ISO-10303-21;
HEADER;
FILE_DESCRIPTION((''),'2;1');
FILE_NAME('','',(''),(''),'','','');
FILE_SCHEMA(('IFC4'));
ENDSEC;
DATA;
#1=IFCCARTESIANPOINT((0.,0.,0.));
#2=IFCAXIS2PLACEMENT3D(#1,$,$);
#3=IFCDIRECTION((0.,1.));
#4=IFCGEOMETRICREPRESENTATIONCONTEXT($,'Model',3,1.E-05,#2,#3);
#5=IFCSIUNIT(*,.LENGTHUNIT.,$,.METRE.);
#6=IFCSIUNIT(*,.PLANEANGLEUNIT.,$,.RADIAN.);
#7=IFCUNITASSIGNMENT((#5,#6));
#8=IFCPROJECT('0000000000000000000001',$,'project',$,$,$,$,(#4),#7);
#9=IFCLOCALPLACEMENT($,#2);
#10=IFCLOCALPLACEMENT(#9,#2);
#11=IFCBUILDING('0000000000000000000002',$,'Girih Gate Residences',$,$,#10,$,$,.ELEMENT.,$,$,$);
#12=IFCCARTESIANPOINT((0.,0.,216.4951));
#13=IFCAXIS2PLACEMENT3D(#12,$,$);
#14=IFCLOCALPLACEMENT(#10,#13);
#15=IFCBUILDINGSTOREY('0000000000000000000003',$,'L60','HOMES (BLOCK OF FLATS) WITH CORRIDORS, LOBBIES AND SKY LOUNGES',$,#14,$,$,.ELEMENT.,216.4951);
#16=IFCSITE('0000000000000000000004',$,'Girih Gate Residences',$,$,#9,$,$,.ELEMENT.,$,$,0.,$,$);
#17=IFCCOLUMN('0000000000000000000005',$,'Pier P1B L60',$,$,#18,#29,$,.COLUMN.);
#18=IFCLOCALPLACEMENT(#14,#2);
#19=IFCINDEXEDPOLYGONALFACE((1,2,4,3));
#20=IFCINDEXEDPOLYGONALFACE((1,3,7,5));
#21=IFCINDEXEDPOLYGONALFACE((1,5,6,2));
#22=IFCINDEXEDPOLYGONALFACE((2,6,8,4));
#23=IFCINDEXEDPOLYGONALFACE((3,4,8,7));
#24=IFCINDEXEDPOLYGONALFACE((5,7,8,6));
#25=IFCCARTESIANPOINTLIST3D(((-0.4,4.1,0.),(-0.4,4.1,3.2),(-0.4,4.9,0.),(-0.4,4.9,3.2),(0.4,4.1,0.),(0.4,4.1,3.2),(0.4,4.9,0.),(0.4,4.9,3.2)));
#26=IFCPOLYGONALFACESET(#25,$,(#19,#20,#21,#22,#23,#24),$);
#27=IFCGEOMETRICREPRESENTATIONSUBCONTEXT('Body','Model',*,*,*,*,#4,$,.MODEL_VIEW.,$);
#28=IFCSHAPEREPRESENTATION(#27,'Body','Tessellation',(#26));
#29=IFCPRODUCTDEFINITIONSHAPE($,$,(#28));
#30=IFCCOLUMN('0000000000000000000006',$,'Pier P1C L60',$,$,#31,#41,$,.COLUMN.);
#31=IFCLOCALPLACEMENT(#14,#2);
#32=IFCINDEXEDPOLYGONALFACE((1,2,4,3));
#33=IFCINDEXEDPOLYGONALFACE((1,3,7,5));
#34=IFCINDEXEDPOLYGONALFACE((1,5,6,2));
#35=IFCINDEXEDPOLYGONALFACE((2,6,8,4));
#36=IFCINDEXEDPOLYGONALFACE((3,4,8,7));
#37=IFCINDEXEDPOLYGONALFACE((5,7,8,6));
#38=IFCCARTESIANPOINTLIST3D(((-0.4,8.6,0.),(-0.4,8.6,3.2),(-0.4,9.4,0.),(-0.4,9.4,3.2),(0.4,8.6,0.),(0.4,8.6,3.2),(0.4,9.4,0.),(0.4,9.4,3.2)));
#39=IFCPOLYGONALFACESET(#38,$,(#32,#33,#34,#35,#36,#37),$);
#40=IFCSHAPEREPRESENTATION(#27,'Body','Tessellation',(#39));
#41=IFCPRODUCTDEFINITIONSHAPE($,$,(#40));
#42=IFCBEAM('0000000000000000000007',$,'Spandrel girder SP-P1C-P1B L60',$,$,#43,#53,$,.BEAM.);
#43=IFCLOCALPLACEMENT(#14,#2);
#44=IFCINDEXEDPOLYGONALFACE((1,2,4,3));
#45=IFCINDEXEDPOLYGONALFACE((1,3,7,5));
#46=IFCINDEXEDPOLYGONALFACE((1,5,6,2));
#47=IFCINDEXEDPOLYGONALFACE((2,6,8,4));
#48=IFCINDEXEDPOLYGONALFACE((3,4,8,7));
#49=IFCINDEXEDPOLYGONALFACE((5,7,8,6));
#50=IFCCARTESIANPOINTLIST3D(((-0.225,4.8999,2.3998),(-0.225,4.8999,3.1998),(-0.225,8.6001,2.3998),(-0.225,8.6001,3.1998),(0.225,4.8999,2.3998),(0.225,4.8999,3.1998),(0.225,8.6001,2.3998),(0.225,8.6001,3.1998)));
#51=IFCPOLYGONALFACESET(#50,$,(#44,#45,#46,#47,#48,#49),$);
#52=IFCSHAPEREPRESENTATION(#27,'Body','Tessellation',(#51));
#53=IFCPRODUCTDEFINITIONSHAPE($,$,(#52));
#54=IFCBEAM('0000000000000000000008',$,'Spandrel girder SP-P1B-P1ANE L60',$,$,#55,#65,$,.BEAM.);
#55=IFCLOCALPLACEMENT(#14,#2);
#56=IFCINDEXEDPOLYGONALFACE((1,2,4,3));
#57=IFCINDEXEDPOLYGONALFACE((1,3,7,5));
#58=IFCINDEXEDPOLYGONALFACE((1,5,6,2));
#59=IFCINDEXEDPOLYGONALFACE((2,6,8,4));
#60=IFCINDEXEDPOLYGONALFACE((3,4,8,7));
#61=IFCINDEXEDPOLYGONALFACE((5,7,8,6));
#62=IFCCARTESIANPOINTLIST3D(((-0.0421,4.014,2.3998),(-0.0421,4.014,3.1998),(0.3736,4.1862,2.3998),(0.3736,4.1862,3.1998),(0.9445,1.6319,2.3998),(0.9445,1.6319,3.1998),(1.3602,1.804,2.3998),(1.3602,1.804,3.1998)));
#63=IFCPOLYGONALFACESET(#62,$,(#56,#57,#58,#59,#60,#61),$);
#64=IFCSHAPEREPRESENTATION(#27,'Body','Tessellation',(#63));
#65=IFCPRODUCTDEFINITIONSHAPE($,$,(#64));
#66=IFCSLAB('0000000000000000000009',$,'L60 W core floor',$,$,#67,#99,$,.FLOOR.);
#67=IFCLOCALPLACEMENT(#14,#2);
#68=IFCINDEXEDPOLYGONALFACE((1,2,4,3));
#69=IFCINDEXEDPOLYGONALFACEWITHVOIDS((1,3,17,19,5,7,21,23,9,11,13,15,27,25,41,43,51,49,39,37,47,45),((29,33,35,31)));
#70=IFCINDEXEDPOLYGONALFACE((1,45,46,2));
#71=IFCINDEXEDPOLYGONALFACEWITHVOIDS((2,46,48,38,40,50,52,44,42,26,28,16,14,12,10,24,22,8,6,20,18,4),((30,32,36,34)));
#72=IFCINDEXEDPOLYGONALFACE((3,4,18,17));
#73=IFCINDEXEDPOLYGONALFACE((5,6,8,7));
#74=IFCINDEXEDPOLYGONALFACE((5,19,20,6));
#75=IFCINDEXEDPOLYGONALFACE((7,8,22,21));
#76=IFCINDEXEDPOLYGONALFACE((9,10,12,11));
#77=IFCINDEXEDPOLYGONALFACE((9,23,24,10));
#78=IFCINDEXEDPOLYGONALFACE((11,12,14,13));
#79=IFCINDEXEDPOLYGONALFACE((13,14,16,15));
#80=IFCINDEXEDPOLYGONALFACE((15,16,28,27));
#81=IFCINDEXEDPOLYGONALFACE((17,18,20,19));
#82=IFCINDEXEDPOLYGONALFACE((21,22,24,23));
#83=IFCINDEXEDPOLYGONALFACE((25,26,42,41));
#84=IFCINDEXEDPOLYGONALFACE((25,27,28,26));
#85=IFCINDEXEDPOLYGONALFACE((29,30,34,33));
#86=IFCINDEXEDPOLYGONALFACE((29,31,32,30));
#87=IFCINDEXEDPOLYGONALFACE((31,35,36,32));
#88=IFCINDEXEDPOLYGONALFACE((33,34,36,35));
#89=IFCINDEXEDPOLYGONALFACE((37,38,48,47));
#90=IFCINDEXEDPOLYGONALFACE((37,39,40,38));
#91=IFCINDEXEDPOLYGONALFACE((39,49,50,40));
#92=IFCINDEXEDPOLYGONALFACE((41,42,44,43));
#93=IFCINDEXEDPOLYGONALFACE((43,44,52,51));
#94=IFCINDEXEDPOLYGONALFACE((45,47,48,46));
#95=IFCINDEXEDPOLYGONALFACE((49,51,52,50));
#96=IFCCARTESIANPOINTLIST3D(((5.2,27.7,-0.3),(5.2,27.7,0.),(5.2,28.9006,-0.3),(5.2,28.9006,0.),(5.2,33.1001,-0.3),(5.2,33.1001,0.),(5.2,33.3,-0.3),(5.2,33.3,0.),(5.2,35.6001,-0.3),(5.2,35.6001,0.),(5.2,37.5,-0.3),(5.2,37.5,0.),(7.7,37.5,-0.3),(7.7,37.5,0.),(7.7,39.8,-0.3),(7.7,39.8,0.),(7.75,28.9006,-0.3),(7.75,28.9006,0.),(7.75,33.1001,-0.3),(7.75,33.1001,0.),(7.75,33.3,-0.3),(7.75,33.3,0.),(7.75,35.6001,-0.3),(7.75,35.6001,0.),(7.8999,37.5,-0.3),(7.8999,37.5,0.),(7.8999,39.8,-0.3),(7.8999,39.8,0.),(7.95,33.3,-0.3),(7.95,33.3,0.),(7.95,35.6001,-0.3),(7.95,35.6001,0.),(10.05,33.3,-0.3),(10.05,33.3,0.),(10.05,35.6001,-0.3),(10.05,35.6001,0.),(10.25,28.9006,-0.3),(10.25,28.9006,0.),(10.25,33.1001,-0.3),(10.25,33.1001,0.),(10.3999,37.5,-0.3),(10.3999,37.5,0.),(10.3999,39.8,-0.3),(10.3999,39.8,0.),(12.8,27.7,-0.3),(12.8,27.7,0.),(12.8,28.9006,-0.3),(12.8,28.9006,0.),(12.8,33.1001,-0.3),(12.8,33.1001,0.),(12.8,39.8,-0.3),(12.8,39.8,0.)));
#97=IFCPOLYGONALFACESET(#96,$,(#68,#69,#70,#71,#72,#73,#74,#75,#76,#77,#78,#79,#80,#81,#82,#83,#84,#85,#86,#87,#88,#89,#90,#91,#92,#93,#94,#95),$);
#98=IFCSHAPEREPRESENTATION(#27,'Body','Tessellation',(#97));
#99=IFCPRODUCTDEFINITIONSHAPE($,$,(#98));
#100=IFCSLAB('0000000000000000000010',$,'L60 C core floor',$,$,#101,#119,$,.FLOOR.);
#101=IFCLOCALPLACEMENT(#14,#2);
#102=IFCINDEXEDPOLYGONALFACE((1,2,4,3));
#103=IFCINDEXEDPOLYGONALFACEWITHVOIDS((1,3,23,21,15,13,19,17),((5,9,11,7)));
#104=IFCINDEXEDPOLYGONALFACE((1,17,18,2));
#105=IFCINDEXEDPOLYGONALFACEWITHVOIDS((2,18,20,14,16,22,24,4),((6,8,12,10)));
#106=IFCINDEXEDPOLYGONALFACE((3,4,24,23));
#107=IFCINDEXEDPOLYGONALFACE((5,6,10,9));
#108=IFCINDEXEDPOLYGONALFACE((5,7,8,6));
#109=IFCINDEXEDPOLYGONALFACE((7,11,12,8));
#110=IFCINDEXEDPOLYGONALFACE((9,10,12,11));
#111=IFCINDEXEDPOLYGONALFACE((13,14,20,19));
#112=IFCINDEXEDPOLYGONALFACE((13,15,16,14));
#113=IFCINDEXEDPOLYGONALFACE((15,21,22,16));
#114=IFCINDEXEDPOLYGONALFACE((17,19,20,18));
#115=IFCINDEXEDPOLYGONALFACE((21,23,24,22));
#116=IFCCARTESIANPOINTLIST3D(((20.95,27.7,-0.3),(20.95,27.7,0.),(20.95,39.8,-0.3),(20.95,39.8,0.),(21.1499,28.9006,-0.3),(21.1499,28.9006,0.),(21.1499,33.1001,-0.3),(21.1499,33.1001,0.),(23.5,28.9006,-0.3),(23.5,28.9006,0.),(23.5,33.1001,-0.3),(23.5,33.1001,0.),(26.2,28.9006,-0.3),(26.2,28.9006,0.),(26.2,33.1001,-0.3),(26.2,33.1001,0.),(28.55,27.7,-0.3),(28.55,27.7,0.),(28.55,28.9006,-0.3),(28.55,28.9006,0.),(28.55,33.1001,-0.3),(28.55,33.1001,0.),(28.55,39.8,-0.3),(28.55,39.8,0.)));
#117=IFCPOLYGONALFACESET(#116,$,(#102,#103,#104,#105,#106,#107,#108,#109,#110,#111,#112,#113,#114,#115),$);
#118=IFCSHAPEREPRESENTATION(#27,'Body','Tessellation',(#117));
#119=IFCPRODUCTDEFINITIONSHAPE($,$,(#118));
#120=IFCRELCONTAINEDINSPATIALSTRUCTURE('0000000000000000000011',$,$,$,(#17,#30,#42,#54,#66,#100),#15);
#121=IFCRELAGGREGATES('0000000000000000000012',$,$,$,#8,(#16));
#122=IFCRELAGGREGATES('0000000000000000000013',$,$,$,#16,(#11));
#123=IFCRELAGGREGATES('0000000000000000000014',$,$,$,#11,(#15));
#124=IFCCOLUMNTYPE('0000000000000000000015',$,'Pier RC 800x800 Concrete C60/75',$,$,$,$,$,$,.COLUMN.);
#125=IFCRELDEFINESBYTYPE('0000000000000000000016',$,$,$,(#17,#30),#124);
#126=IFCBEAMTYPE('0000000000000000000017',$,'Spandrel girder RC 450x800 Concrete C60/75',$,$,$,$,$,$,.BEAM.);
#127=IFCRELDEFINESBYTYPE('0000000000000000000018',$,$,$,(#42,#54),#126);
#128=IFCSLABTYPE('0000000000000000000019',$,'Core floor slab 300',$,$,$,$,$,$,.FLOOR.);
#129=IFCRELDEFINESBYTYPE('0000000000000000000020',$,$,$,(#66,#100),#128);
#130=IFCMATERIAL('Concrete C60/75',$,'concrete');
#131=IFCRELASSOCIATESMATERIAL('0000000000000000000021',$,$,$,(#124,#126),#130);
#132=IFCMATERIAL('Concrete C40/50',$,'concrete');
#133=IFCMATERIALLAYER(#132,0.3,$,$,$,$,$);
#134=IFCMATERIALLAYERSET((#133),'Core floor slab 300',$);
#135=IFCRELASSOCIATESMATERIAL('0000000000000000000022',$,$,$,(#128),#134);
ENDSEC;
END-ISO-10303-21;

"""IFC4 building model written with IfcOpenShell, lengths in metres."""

from ifc_helpers import new_model, si_unit, direction, frame, origin, origin_2d, place, context, subcontext, project, spatial, polyline, rectangle, outline, extrude, material, layer, layer_set, material_profile, profile_set, type_object, element, save


model = new_model("IFC4")

# Units and contexts
model_context = context("Model", 3, precision=1e-05, world=origin(), true_north=direction((0.0, 1.0)))
body_context = subcontext(model_context, "Body", "Model", "MODEL_VIEW")
ifc_project = project(units=[si_unit("LENGTHUNIT", "METRE"), si_unit("PLANEANGLEUNIT", "RADIAN")], contexts=[model_context])

# Site, building, storey
site_placement = place(None, origin())
site = spatial("IfcSite", under=ifc_project, at=site_placement, Name="Girih Gate Residences", CompositionType="ELEMENT", RefElevation=0.0)
building_placement = place(site_placement, origin())
building = spatial("IfcBuilding", under=site, at=building_placement, Name="Girih Gate Residences", CompositionType="ELEMENT")
storey_placement = place(building_placement, frame((0.0, 0.0, 216.4951)))
storey = spatial("IfcBuildingStorey", under=building, at=storey_placement, Name="L60", Description="HOMES (BLOCK OF FLATS) WITH CORRIDORS, LOBBIES AND SKY LOUNGES", CompositionType="ELEMENT", Elevation=216.4951)

# Columns
ifc_material_1 = material(Name="Concrete C60/75", Category="concrete")
ifc_material_profile_1 = material_profile(ifc_material_1, rectangle(XDim=0.8, YDim=0.8, at=origin_2d()))
ifc_profile_set_1 = profile_set([ifc_material_profile_1], Name="Concrete C60/75")
column_type = type_object("IfcColumnType", Name="Pier RC 800x800 Concrete C60/75", PredefinedType="COLUMN", material=ifc_profile_set_1)
for number, where, z_axis, x_axis, name in (
    (1, (0.0, 4.5, 0.0), (0.0, 0.0, 1.0), (1.0, 0.0, 0.0), "Pier P1B L60"),
    (2, (0.0, 9.0, 0.0), (0.0, 0.0, 1.0), (1.0, 0.0, 0.0), "Pier P1C L60"),
):
    element("IfcColumn", number, at=place(storey_placement, frame(where, z_axis=z_axis, x_axis=x_axis)), inside=storey, type_object=column_type, Name=name, PredefinedType="COLUMN", context=body_context, shape_type="SweptSolid", body=[
        extrude(rectangle(XDim=0.8, YDim=0.8, at=origin_2d()), origin(), (0.0, 0.0, 1.0), 3.2),
    ])

# Beams
ifc_material_profile_2 = material_profile(ifc_material_1, rectangle(XDim=0.45, YDim=0.8, at=origin_2d()))
ifc_profile_set_2 = profile_set([ifc_material_profile_2], Name="Concrete C60/75")
beam_type = type_object("IfcBeamType", Name="Spandrel girder RC 450x800 Concrete C60/75", PredefinedType="BEAM", material=ifc_profile_set_2)
beam_1_placement = place(storey_placement, frame((0.0, 8.6001, 2.7998), z_axis=(0.0, -1.0, 0.0), x_axis=(1.0, 0.0, 0.0)))
element("IfcBeam", 3, at=beam_1_placement, inside=storey, type_object=beam_type, Name="Spandrel girder SP-P1C-P1B L60", PredefinedType="BEAM", context=body_context, shape_type="SweptSolid", body=[
    extrude(rectangle(XDim=0.45, YDim=0.8, at=origin_2d()), origin(), (0.0, 0.0, 1.0), 3.7002),
])
beam_2_placement = place(storey_placement, frame((0.1658, 4.1001, 2.7998), z_axis=(0.382644, -0.923896, 0.0), x_axis=(0.923896, 0.382644, 0.0)))
element("IfcBeam", 4, at=beam_2_placement, inside=storey, type_object=beam_type, Name="Spandrel girder SP-P1B-P1ANE L60", PredefinedType="BEAM", context=body_context, shape_type="SweptSolid", body=[
    extrude(rectangle(XDim=0.45, YDim=0.8, at=origin_2d()), origin(), (0.0, 0.0, 1.0), 2.5784),
])

# Slabs
ifc_material_2 = material(Name="Concrete C40/50", Category="concrete")
ifc_layer_1 = layer(ifc_material_2, 0.3)
ifc_layer_set_1 = layer_set([ifc_layer_1], Name="Core floor slab 300")
slab_type_1 = type_object("IfcSlabType", Name="Core floor slab 300", PredefinedType="FLOOR", material=ifc_layer_set_1)
slab_1_placement = place(storey_placement, frame((0.0, 0.0, -0.3)))
element("IfcSlab", 5, at=slab_1_placement, inside=storey, type_object=slab_type_1, Name="L60 W core floor", PredefinedType="FLOOR", context=body_context, shape_type="SweptSolid", body=[
    extrude(outline(polyline([(12.8, 27.7), (5.2, 27.7), (5.2, 28.9006), (7.75, 28.9006), (7.75, 33.1001), (5.2, 33.1001), (5.2, 33.3), (7.75, 33.3), (7.75, 35.6001), (5.2, 35.6001), (5.2, 37.5), (7.7, 37.5), (7.7, 39.8), (7.8999, 39.8), (7.8999, 37.5), (10.3999, 37.5), (10.3999, 39.8), (12.8, 39.8), (12.8, 33.1001), (10.25, 33.1001), (10.25, 28.9006), (12.8, 28.9006), (12.8, 27.7)]), holes=[polyline([(7.95, 33.3), (10.05, 33.3), (10.05, 35.6001), (7.95, 35.6001), (7.95, 33.3)])]), origin(), (0.0, 0.0, 1.0), 0.3),
])
slab_2_placement = place(storey_placement, frame((0.0, 0.0, -0.3)))
element("IfcSlab", 6, at=slab_2_placement, inside=storey, type_object=slab_type_1, Name="L60 C core floor", PredefinedType="FLOOR", context=body_context, shape_type="SweptSolid", body=[
    extrude(outline(polyline([(28.55, 27.7), (20.95, 27.7), (20.95, 39.8), (28.55, 39.8), (28.55, 33.1001), (26.2, 33.1001), (26.2, 28.9006), (28.55, 28.9006), (28.55, 27.7)]), holes=[polyline([(23.5, 28.9006), (23.5, 33.1001), (21.1499, 33.1001), (21.1499, 28.9006), (23.5, 28.9006)])]), origin(), (0.0, 0.0, 1.0), 0.3),
])

save(model, "model.ifc")
